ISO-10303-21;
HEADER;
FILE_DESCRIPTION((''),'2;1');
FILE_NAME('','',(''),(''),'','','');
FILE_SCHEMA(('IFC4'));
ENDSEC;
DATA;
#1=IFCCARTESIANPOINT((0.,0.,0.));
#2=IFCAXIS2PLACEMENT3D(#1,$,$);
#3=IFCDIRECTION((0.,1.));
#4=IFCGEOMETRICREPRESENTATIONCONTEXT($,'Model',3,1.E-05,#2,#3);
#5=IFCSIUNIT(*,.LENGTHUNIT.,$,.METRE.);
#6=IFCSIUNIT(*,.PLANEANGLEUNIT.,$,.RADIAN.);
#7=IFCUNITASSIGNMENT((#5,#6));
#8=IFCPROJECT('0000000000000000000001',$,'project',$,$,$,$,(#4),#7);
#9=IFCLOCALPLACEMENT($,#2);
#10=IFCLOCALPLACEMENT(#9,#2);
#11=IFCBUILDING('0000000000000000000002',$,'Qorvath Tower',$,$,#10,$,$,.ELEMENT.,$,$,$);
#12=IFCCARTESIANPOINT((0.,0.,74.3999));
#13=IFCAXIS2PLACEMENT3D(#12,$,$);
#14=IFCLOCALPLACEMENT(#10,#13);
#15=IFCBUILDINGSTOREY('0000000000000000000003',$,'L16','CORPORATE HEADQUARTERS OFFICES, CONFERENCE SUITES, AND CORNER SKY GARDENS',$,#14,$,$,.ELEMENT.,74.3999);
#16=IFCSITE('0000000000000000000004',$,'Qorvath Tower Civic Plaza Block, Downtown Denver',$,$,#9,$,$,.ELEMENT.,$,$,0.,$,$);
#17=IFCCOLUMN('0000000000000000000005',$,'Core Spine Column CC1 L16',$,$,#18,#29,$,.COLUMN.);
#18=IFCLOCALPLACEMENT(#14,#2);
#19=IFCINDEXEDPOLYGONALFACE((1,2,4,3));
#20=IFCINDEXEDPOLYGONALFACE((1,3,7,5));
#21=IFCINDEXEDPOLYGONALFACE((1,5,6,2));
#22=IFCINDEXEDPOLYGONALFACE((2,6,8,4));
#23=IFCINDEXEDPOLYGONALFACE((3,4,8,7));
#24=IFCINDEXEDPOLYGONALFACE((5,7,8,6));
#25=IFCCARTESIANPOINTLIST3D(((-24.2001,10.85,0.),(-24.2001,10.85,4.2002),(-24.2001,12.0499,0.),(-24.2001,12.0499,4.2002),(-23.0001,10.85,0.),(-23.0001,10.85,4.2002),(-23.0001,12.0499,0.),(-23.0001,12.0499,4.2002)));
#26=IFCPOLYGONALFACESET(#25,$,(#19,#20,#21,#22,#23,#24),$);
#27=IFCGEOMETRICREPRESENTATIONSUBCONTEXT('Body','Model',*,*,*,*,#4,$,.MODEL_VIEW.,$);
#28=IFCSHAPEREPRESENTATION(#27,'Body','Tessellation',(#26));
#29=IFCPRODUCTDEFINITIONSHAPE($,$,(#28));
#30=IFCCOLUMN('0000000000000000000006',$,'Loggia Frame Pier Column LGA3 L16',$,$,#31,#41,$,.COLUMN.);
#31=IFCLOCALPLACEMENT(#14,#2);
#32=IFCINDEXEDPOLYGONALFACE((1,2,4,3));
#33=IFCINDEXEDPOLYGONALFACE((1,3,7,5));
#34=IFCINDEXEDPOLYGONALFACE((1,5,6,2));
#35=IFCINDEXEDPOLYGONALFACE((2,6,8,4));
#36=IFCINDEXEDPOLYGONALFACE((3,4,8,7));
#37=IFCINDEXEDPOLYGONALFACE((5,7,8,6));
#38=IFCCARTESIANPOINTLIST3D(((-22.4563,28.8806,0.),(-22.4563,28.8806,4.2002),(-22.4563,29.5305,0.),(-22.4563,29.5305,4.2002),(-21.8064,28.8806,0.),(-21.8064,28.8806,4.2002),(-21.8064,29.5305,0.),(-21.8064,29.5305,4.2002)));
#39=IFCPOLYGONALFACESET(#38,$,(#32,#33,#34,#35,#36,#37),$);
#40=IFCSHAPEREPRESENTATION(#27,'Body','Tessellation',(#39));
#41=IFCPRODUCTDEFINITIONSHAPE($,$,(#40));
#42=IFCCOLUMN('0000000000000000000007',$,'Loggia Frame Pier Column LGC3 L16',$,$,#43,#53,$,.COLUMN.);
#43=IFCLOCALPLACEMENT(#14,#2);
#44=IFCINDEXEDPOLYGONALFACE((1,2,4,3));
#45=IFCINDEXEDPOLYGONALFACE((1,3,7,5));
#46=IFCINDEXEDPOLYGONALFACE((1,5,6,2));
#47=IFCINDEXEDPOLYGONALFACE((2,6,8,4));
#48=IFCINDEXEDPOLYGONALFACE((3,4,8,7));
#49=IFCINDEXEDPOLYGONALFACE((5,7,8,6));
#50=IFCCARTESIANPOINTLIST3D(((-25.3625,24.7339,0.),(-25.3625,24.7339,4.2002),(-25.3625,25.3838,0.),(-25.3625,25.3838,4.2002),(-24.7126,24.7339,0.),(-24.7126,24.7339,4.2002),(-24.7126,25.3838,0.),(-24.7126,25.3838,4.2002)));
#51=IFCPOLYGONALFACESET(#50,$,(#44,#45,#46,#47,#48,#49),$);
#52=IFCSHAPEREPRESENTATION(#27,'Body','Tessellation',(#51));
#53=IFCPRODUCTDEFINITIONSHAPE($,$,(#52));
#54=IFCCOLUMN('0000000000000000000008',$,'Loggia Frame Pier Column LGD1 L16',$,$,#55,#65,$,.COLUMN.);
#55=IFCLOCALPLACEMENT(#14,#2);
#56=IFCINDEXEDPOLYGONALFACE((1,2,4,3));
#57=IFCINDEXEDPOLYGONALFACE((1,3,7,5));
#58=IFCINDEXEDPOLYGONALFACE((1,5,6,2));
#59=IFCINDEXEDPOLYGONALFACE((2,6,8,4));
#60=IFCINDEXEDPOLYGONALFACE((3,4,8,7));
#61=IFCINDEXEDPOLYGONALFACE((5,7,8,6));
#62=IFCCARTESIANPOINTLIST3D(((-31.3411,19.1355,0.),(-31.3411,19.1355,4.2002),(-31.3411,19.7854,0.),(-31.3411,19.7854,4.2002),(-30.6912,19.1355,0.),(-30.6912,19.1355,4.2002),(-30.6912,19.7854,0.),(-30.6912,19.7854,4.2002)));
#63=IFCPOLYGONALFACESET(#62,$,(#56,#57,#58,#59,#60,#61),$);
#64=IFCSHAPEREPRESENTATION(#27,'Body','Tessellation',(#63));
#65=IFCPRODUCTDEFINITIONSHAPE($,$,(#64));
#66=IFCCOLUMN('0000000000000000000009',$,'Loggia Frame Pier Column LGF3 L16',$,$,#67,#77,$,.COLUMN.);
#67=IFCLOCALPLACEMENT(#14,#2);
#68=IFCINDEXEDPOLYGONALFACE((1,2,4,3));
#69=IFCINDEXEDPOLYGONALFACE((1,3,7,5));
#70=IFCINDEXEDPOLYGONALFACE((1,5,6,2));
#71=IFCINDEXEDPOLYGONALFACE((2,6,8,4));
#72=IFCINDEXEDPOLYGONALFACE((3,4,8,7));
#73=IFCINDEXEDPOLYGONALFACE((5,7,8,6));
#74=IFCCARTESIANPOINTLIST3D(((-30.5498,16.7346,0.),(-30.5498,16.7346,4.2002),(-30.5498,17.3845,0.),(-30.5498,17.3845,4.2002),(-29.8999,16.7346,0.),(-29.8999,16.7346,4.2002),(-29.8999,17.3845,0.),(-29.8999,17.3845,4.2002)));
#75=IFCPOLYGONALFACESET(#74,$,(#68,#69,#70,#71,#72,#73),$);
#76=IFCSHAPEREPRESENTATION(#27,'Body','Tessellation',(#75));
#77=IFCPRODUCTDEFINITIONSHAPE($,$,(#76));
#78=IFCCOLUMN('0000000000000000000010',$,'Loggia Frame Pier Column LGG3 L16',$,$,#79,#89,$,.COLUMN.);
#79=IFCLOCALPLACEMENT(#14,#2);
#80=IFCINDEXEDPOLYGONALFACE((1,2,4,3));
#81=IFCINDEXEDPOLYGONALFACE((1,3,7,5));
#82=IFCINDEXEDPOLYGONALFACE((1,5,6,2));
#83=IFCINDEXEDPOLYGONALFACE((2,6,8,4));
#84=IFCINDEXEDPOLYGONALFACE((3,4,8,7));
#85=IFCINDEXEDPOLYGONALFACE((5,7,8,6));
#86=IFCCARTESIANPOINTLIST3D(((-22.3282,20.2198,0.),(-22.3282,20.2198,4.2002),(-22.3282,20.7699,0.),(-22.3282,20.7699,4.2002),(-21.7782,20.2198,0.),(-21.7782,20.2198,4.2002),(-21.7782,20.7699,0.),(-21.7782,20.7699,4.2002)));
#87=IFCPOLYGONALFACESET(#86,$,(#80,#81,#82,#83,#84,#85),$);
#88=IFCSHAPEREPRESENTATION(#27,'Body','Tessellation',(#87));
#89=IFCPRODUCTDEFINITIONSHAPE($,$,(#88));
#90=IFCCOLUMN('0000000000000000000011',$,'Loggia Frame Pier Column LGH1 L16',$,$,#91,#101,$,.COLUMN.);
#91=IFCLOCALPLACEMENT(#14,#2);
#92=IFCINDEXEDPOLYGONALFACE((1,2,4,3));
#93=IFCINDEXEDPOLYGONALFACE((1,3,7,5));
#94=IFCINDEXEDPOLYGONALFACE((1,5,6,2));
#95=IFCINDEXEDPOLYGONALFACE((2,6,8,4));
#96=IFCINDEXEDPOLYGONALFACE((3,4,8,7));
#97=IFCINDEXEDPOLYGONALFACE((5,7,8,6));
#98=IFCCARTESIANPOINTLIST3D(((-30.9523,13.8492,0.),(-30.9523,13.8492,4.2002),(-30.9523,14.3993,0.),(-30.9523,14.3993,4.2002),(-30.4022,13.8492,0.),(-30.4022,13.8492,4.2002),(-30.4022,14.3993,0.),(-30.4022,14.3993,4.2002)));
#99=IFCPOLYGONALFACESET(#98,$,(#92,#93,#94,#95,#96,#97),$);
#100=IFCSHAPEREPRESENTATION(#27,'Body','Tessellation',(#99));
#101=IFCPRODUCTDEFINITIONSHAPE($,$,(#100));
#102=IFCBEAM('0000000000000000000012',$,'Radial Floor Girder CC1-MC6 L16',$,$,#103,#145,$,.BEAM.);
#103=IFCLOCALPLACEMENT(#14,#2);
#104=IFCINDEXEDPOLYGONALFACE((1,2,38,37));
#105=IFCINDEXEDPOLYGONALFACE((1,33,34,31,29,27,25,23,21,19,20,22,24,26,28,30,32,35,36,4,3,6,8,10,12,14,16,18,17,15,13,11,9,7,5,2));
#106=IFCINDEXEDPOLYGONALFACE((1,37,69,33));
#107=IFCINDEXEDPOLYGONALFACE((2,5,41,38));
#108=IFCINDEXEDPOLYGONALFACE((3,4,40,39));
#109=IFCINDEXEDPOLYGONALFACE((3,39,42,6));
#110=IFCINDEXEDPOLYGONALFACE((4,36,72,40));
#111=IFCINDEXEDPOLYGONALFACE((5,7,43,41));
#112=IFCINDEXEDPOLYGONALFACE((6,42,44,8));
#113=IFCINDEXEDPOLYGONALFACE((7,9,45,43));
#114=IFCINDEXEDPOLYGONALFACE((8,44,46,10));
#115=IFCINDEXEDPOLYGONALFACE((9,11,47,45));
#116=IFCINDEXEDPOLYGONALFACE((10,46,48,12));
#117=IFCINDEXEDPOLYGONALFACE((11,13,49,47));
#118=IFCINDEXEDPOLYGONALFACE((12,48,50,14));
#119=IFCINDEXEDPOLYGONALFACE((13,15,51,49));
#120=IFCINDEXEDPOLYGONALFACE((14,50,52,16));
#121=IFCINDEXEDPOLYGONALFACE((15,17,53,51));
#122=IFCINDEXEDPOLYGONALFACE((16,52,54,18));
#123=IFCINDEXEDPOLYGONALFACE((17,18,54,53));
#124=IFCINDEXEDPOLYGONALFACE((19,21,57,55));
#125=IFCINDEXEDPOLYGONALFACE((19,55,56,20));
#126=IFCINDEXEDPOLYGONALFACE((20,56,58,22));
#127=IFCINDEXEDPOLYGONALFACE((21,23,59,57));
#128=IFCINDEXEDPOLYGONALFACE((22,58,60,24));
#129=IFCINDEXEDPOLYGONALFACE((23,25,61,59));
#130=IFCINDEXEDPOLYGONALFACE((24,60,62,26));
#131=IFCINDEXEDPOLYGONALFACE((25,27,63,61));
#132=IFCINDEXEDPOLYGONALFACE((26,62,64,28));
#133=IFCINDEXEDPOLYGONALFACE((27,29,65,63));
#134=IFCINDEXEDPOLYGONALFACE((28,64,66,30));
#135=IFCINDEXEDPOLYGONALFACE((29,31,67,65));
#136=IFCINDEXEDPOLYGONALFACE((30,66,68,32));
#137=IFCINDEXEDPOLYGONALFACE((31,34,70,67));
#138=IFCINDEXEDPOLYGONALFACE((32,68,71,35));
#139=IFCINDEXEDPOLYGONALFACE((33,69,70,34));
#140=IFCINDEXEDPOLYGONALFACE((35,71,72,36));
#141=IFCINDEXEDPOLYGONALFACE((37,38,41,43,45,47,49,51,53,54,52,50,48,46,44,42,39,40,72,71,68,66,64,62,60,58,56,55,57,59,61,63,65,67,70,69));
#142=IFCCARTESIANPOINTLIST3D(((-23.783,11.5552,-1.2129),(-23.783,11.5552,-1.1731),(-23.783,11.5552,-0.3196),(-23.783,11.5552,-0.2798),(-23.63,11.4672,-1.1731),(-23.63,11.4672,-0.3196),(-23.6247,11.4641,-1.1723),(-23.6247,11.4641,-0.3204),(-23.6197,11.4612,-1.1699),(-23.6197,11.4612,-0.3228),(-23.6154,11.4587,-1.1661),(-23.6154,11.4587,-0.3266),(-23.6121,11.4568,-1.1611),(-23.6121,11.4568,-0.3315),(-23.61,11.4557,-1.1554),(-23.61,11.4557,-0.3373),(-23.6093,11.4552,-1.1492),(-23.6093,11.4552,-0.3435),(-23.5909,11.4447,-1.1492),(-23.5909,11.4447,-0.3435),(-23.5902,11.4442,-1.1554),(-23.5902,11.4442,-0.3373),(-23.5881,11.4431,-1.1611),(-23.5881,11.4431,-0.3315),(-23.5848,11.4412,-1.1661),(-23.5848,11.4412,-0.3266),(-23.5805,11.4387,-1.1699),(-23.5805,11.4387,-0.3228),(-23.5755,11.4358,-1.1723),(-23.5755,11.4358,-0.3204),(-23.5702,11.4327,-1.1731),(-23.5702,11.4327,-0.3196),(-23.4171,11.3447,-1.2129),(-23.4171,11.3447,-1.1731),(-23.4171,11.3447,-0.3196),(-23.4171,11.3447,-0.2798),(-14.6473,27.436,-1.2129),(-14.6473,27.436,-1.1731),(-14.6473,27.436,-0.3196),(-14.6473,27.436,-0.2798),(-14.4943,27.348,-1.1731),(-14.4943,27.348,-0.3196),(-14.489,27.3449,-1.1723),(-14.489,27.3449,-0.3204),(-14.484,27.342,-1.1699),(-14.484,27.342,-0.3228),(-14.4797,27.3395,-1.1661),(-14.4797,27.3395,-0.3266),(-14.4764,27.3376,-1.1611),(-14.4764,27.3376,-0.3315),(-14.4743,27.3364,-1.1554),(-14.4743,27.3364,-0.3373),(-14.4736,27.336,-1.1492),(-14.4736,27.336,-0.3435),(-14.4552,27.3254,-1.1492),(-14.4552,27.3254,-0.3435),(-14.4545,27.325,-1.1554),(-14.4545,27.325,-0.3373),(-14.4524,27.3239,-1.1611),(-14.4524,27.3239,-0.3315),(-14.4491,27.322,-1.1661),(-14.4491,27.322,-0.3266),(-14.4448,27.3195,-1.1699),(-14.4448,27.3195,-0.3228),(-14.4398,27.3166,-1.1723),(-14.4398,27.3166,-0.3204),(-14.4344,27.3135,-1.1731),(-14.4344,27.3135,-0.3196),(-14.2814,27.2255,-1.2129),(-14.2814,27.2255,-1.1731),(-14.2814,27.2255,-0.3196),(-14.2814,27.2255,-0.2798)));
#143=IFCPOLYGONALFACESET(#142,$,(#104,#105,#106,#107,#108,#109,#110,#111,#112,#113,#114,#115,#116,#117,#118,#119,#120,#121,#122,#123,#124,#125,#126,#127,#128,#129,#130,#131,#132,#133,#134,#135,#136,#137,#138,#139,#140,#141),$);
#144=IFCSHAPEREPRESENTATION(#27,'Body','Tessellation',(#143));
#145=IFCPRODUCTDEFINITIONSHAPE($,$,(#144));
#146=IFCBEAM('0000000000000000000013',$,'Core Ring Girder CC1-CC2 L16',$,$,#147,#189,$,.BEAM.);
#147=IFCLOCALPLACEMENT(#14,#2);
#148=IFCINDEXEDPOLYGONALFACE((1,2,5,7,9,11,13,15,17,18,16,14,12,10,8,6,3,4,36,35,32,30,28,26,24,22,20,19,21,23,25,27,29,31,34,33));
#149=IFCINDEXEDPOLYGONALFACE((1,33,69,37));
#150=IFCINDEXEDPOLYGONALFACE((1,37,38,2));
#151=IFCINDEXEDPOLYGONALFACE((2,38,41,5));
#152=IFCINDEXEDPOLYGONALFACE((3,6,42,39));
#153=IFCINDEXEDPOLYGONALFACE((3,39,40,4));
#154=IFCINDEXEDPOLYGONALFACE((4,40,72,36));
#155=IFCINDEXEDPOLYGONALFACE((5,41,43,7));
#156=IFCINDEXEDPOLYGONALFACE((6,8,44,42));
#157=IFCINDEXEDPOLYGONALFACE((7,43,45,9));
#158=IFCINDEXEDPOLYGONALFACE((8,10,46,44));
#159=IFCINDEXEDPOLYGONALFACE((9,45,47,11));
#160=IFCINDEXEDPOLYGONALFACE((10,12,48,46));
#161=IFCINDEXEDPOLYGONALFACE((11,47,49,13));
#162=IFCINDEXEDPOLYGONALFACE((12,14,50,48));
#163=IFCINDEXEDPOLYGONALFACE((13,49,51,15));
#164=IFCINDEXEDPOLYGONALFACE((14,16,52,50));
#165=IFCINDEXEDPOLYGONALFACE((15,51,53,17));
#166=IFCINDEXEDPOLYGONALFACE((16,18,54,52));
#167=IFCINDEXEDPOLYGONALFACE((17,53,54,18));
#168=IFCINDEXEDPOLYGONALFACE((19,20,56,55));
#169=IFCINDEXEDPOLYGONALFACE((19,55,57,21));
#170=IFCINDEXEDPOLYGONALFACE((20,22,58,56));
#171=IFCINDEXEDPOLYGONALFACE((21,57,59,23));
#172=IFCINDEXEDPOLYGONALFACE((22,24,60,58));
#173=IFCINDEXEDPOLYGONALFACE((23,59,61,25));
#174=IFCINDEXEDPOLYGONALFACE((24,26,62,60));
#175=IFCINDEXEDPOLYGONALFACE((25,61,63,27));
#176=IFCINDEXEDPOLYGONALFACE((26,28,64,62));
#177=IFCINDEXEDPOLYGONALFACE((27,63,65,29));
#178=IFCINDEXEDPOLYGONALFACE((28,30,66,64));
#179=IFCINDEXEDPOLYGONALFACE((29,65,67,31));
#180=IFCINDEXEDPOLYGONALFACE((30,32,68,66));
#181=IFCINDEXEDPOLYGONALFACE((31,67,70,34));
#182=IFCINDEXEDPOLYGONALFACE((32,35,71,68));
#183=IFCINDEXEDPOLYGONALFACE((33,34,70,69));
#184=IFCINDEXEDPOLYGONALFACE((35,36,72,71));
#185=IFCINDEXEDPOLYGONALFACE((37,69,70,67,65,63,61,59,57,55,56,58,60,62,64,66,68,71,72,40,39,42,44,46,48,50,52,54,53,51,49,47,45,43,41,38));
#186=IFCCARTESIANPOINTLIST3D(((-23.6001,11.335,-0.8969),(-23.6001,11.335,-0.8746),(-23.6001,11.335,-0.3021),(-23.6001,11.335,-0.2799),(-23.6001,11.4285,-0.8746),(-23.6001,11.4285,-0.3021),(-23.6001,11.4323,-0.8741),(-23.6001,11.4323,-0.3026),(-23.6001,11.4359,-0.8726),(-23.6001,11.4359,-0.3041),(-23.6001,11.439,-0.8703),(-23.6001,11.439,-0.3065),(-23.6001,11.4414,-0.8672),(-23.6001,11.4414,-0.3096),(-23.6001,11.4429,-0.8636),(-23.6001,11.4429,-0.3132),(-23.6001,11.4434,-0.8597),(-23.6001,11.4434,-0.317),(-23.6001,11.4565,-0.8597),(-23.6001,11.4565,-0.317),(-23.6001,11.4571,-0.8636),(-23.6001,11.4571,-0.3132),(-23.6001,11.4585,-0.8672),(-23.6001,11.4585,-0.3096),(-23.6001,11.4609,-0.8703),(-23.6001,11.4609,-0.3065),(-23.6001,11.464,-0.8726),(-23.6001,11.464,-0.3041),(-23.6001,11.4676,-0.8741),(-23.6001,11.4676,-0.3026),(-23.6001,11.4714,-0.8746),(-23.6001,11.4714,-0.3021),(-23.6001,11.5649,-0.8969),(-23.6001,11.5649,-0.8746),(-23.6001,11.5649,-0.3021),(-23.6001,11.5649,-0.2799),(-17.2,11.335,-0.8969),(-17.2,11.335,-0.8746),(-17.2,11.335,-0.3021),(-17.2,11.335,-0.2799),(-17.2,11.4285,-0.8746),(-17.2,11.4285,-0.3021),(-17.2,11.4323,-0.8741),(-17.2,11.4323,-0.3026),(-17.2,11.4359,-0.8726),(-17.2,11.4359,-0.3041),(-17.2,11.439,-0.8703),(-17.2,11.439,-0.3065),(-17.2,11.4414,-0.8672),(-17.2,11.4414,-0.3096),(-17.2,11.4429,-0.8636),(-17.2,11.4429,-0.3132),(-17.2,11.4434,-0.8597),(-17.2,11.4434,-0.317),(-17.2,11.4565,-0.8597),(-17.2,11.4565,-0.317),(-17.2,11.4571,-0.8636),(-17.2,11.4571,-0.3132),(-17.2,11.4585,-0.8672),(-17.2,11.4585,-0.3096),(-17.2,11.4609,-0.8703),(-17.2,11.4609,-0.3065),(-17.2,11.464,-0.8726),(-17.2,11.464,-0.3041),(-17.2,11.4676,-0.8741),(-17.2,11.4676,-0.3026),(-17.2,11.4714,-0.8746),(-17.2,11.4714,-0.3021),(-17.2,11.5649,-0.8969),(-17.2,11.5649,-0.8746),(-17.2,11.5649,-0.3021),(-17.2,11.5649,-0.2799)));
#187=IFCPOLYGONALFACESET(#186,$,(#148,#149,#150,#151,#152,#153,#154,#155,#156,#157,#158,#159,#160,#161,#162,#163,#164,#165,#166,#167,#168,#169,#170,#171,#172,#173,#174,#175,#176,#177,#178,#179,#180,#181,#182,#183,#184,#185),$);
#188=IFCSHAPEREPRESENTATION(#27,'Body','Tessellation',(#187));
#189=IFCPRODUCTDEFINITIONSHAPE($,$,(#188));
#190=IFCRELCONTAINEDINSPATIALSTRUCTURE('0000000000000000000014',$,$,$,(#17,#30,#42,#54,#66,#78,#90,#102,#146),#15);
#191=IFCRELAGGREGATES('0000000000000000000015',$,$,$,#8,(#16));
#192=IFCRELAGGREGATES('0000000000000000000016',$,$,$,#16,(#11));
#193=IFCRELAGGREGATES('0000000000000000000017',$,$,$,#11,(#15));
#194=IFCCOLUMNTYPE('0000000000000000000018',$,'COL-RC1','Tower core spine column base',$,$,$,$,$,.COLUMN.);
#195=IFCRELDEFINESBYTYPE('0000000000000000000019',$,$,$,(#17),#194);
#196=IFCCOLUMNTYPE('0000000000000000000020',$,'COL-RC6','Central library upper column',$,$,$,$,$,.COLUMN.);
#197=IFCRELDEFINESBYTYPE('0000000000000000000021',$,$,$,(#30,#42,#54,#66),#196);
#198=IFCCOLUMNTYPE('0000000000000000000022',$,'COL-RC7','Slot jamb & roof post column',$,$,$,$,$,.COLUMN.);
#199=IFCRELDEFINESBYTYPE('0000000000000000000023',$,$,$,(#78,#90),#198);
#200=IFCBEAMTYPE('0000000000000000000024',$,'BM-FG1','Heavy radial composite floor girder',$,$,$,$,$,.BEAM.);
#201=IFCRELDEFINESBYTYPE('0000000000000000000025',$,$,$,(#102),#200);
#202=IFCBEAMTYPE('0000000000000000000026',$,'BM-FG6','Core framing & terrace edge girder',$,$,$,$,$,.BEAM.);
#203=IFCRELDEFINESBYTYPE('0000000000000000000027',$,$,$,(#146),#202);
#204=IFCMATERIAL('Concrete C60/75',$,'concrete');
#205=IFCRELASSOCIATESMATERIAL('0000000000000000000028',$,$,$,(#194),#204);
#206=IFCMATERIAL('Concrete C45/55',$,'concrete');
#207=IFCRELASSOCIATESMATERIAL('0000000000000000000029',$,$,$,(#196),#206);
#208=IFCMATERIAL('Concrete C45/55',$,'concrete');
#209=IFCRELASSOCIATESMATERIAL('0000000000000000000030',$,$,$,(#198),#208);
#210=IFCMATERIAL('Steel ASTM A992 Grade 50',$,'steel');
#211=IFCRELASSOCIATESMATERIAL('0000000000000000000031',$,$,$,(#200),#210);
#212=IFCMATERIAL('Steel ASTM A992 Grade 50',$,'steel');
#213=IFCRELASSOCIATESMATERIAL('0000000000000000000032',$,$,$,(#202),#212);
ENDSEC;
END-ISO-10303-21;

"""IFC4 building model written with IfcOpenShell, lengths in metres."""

from ifc_helpers import new_model, si_unit, direction, frame, origin, origin_2d, place, context, subcontext, project, spatial, rectangle, i_section, extrude, material, material_profile, profile_set, type_object, element, save


model = new_model("IFC4")

# Units and contexts
model_context = context("Model", 3, precision=1e-05, world=origin(), true_north=direction((0.0, 1.0)))
body_context = subcontext(model_context, "Body", "Model", "MODEL_VIEW")
ifc_project = project(units=[si_unit("LENGTHUNIT", "METRE"), si_unit("PLANEANGLEUNIT", "RADIAN")], contexts=[model_context])

# Site, building, storey
site_placement = place(None, origin())
site = spatial("IfcSite", under=ifc_project, at=site_placement, Name="Qorvath Tower Civic Plaza Block, Downtown Denver", CompositionType="ELEMENT", RefElevation=0.0)
building_placement = place(site_placement, origin())
building = spatial("IfcBuilding", under=site, at=building_placement, Name="Qorvath Tower", CompositionType="ELEMENT")
storey_placement = place(building_placement, frame((0.0, 0.0, 74.3999)))
storey = spatial("IfcBuildingStorey", under=building, at=storey_placement, Name="L16", Description="CORPORATE HEADQUARTERS OFFICES, CONFERENCE SUITES, AND CORNER SKY GARDENS", CompositionType="ELEMENT", Elevation=74.3999)

# Columns
ifc_material_1 = material(Name="Concrete C60/75", Category="concrete")
ifc_material_profile_1 = material_profile(ifc_material_1, rectangle(XDim=1.2, YDim=1.2, at=origin_2d()), Name="RC 1200x1200")
ifc_profile_set_1 = profile_set([ifc_material_profile_1], Name="Concrete C60/75")
column_type_1 = type_object("IfcColumnType", Name="COL-RC1", Description="Tower core spine column base", PredefinedType="COLUMN", material=ifc_profile_set_1)
column_placement = place(storey_placement, frame((-23.6001, 11.45, 0.0), z_axis=(0.0, 0.0, 1.0), x_axis=(1.0, 0.0, 0.0)))
element("IfcColumn", 1, at=column_placement, inside=storey, type_object=column_type_1, Name="Core Spine Column CC1 L16", PredefinedType="COLUMN", context=body_context, shape_type="SweptSolid", body=[
    extrude(rectangle(XDim=1.2, YDim=1.2, at=origin_2d()), origin(), (0.0, 0.0, 1.0), 4.2002),
])
ifc_material_2 = material(Name="Concrete C45/55", Category="concrete")
ifc_material_profile_2 = material_profile(ifc_material_2, rectangle(XDim=0.6499, YDim=0.6499, at=origin_2d()), Name="RC 650x650")
ifc_profile_set_2 = profile_set([ifc_material_profile_2], Name="Concrete C45/55")
column_type_2 = type_object("IfcColumnType", Name="COL-RC6", Description="Central library upper column", PredefinedType="COLUMN", material=ifc_profile_set_2)
for number, where, z_axis, x_axis, name in (
    (2, (-22.1313, 29.2056, 0.0), (0.0, 0.0, 1.0), (1.0, 0.0, 0.0), "Loggia Frame Pier Column LGA3 L16"),
    (3, (-25.0376, 25.0588, 0.0), (0.0, 0.0, 1.0), (1.0, 0.0, 0.0), "Loggia Frame Pier Column LGC3 L16"),
    (4, (-31.0161, 19.4604, 0.0), (0.0, 0.0, 1.0), (1.0, 0.0, 0.0), "Loggia Frame Pier Column LGD1 L16"),
    (5, (-30.2249, 17.0596, 0.0), (0.0, 0.0, 1.0), (1.0, 0.0, 0.0), "Loggia Frame Pier Column LGF3 L16"),
):
    element("IfcColumn", number, at=place(storey_placement, frame(where, z_axis=z_axis, x_axis=x_axis)), inside=storey, type_object=column_type_2, Name=name, PredefinedType="COLUMN", context=body_context, shape_type="SweptSolid", body=[
        extrude(rectangle(XDim=0.6499, YDim=0.6499, at=origin_2d()), origin(), (0.0, 0.0, 1.0), 4.2002),
    ])
ifc_material_3 = material(Name="Concrete C45/55", Category="concrete")
ifc_material_profile_3 = material_profile(ifc_material_3, rectangle(XDim=0.55, YDim=0.55, at=origin_2d()), Name="RC 550x550")
ifc_profile_set_3 = profile_set([ifc_material_profile_3], Name="Concrete C45/55")
column_type_3 = type_object("IfcColumnType", Name="COL-RC7", Description="Slot jamb & roof post column", PredefinedType="COLUMN", material=ifc_profile_set_3)
for number, where, z_axis, x_axis, name in (
    (6, (-22.0532, 20.4949, 0.0), (0.0, 0.0, 1.0), (1.0, 0.0, 0.0), "Loggia Frame Pier Column LGG3 L16"),
    (7, (-30.6772, 14.1243, 0.0), (0.0, 0.0, 1.0), (1.0, 0.0, 0.0), "Loggia Frame Pier Column LGH1 L16"),
):
    element("IfcColumn", number, at=place(storey_placement, frame(where, z_axis=z_axis, x_axis=x_axis)), inside=storey, type_object=column_type_3, Name=name, PredefinedType="COLUMN", context=body_context, shape_type="SweptSolid", body=[
        extrude(rectangle(XDim=0.55, YDim=0.55, at=origin_2d()), origin(), (0.0, 0.0, 1.0), 4.2002),
    ])

# Beams
ifc_material_4 = material(Name="Steel ASTM A992 Grade 50", Category="steel")
ifc_material_profile_4 = material_profile(ifc_material_4, i_section(OverallWidth=0.4221, OverallDepth=0.9331, WebThickness=0.0212, FlangeThickness=0.0398, FilletRadius=0.0239, at=origin_2d()), Name="W36x262")
ifc_profile_set_4 = profile_set([ifc_material_profile_4], Name="Steel ASTM A992 Grade 50")
beam_type_1 = type_object("IfcBeamType", Name="BM-FG1", Description="Heavy radial composite floor girder", PredefinedType="BEAM", material=ifc_profile_set_4)
beam_1_placement = place(storey_placement, frame((-23.6001, 11.45, -0.7463), z_axis=(0.498645, 0.866806, 0.0), x_axis=(-0.866806, 0.498645, 0.0)))
element("IfcBeam", 8, at=beam_1_placement, inside=storey, type_object=beam_type_1, Name="Radial Floor Girder CC1-MC6 L16", PredefinedType="BEAM", context=body_context, shape_type="SweptSolid", body=[
    extrude(i_section(OverallWidth=0.4221, OverallDepth=0.9331, WebThickness=0.0212, FlangeThickness=0.0398, FilletRadius=0.0239, at=origin_2d()), origin(), (0.0, 0.0, 1.0), 18.321),
])
ifc_material_5 = material(Name="Steel ASTM A992 Grade 50", Category="steel")
ifc_material_profile_5 = material_profile(ifc_material_5, i_section(OverallWidth=0.23, OverallDepth=0.6169, WebThickness=0.0132, FlangeThickness=0.0222, FilletRadius=0.0149, at=origin_2d()), Name="W24x94")
ifc_profile_set_5 = profile_set([ifc_material_profile_5], Name="Steel ASTM A992 Grade 50")
beam_type_2 = type_object("IfcBeamType", Name="BM-FG6", Description="Core framing & terrace edge girder", PredefinedType="BEAM", material=ifc_profile_set_5)
beam_2_placement = place(storey_placement, frame((-23.6001, 11.45, -0.5884), z_axis=(1.0, 0.0, 0.0), x_axis=(0.0, 1.0, 0.0)))
element("IfcBeam", 9, at=beam_2_placement, inside=storey, type_object=beam_type_2, Name="Core Ring Girder CC1-CC2 L16", PredefinedType="BEAM", context=body_context, shape_type="SweptSolid", body=[
    extrude(i_section(OverallWidth=0.23, OverallDepth=0.6169, WebThickness=0.0132, FlangeThickness=0.0222, FilletRadius=0.0149, at=origin_2d()), origin(), (0.0, 0.0, 1.0), 6.4001),
])

save(model, "model.ifc")
